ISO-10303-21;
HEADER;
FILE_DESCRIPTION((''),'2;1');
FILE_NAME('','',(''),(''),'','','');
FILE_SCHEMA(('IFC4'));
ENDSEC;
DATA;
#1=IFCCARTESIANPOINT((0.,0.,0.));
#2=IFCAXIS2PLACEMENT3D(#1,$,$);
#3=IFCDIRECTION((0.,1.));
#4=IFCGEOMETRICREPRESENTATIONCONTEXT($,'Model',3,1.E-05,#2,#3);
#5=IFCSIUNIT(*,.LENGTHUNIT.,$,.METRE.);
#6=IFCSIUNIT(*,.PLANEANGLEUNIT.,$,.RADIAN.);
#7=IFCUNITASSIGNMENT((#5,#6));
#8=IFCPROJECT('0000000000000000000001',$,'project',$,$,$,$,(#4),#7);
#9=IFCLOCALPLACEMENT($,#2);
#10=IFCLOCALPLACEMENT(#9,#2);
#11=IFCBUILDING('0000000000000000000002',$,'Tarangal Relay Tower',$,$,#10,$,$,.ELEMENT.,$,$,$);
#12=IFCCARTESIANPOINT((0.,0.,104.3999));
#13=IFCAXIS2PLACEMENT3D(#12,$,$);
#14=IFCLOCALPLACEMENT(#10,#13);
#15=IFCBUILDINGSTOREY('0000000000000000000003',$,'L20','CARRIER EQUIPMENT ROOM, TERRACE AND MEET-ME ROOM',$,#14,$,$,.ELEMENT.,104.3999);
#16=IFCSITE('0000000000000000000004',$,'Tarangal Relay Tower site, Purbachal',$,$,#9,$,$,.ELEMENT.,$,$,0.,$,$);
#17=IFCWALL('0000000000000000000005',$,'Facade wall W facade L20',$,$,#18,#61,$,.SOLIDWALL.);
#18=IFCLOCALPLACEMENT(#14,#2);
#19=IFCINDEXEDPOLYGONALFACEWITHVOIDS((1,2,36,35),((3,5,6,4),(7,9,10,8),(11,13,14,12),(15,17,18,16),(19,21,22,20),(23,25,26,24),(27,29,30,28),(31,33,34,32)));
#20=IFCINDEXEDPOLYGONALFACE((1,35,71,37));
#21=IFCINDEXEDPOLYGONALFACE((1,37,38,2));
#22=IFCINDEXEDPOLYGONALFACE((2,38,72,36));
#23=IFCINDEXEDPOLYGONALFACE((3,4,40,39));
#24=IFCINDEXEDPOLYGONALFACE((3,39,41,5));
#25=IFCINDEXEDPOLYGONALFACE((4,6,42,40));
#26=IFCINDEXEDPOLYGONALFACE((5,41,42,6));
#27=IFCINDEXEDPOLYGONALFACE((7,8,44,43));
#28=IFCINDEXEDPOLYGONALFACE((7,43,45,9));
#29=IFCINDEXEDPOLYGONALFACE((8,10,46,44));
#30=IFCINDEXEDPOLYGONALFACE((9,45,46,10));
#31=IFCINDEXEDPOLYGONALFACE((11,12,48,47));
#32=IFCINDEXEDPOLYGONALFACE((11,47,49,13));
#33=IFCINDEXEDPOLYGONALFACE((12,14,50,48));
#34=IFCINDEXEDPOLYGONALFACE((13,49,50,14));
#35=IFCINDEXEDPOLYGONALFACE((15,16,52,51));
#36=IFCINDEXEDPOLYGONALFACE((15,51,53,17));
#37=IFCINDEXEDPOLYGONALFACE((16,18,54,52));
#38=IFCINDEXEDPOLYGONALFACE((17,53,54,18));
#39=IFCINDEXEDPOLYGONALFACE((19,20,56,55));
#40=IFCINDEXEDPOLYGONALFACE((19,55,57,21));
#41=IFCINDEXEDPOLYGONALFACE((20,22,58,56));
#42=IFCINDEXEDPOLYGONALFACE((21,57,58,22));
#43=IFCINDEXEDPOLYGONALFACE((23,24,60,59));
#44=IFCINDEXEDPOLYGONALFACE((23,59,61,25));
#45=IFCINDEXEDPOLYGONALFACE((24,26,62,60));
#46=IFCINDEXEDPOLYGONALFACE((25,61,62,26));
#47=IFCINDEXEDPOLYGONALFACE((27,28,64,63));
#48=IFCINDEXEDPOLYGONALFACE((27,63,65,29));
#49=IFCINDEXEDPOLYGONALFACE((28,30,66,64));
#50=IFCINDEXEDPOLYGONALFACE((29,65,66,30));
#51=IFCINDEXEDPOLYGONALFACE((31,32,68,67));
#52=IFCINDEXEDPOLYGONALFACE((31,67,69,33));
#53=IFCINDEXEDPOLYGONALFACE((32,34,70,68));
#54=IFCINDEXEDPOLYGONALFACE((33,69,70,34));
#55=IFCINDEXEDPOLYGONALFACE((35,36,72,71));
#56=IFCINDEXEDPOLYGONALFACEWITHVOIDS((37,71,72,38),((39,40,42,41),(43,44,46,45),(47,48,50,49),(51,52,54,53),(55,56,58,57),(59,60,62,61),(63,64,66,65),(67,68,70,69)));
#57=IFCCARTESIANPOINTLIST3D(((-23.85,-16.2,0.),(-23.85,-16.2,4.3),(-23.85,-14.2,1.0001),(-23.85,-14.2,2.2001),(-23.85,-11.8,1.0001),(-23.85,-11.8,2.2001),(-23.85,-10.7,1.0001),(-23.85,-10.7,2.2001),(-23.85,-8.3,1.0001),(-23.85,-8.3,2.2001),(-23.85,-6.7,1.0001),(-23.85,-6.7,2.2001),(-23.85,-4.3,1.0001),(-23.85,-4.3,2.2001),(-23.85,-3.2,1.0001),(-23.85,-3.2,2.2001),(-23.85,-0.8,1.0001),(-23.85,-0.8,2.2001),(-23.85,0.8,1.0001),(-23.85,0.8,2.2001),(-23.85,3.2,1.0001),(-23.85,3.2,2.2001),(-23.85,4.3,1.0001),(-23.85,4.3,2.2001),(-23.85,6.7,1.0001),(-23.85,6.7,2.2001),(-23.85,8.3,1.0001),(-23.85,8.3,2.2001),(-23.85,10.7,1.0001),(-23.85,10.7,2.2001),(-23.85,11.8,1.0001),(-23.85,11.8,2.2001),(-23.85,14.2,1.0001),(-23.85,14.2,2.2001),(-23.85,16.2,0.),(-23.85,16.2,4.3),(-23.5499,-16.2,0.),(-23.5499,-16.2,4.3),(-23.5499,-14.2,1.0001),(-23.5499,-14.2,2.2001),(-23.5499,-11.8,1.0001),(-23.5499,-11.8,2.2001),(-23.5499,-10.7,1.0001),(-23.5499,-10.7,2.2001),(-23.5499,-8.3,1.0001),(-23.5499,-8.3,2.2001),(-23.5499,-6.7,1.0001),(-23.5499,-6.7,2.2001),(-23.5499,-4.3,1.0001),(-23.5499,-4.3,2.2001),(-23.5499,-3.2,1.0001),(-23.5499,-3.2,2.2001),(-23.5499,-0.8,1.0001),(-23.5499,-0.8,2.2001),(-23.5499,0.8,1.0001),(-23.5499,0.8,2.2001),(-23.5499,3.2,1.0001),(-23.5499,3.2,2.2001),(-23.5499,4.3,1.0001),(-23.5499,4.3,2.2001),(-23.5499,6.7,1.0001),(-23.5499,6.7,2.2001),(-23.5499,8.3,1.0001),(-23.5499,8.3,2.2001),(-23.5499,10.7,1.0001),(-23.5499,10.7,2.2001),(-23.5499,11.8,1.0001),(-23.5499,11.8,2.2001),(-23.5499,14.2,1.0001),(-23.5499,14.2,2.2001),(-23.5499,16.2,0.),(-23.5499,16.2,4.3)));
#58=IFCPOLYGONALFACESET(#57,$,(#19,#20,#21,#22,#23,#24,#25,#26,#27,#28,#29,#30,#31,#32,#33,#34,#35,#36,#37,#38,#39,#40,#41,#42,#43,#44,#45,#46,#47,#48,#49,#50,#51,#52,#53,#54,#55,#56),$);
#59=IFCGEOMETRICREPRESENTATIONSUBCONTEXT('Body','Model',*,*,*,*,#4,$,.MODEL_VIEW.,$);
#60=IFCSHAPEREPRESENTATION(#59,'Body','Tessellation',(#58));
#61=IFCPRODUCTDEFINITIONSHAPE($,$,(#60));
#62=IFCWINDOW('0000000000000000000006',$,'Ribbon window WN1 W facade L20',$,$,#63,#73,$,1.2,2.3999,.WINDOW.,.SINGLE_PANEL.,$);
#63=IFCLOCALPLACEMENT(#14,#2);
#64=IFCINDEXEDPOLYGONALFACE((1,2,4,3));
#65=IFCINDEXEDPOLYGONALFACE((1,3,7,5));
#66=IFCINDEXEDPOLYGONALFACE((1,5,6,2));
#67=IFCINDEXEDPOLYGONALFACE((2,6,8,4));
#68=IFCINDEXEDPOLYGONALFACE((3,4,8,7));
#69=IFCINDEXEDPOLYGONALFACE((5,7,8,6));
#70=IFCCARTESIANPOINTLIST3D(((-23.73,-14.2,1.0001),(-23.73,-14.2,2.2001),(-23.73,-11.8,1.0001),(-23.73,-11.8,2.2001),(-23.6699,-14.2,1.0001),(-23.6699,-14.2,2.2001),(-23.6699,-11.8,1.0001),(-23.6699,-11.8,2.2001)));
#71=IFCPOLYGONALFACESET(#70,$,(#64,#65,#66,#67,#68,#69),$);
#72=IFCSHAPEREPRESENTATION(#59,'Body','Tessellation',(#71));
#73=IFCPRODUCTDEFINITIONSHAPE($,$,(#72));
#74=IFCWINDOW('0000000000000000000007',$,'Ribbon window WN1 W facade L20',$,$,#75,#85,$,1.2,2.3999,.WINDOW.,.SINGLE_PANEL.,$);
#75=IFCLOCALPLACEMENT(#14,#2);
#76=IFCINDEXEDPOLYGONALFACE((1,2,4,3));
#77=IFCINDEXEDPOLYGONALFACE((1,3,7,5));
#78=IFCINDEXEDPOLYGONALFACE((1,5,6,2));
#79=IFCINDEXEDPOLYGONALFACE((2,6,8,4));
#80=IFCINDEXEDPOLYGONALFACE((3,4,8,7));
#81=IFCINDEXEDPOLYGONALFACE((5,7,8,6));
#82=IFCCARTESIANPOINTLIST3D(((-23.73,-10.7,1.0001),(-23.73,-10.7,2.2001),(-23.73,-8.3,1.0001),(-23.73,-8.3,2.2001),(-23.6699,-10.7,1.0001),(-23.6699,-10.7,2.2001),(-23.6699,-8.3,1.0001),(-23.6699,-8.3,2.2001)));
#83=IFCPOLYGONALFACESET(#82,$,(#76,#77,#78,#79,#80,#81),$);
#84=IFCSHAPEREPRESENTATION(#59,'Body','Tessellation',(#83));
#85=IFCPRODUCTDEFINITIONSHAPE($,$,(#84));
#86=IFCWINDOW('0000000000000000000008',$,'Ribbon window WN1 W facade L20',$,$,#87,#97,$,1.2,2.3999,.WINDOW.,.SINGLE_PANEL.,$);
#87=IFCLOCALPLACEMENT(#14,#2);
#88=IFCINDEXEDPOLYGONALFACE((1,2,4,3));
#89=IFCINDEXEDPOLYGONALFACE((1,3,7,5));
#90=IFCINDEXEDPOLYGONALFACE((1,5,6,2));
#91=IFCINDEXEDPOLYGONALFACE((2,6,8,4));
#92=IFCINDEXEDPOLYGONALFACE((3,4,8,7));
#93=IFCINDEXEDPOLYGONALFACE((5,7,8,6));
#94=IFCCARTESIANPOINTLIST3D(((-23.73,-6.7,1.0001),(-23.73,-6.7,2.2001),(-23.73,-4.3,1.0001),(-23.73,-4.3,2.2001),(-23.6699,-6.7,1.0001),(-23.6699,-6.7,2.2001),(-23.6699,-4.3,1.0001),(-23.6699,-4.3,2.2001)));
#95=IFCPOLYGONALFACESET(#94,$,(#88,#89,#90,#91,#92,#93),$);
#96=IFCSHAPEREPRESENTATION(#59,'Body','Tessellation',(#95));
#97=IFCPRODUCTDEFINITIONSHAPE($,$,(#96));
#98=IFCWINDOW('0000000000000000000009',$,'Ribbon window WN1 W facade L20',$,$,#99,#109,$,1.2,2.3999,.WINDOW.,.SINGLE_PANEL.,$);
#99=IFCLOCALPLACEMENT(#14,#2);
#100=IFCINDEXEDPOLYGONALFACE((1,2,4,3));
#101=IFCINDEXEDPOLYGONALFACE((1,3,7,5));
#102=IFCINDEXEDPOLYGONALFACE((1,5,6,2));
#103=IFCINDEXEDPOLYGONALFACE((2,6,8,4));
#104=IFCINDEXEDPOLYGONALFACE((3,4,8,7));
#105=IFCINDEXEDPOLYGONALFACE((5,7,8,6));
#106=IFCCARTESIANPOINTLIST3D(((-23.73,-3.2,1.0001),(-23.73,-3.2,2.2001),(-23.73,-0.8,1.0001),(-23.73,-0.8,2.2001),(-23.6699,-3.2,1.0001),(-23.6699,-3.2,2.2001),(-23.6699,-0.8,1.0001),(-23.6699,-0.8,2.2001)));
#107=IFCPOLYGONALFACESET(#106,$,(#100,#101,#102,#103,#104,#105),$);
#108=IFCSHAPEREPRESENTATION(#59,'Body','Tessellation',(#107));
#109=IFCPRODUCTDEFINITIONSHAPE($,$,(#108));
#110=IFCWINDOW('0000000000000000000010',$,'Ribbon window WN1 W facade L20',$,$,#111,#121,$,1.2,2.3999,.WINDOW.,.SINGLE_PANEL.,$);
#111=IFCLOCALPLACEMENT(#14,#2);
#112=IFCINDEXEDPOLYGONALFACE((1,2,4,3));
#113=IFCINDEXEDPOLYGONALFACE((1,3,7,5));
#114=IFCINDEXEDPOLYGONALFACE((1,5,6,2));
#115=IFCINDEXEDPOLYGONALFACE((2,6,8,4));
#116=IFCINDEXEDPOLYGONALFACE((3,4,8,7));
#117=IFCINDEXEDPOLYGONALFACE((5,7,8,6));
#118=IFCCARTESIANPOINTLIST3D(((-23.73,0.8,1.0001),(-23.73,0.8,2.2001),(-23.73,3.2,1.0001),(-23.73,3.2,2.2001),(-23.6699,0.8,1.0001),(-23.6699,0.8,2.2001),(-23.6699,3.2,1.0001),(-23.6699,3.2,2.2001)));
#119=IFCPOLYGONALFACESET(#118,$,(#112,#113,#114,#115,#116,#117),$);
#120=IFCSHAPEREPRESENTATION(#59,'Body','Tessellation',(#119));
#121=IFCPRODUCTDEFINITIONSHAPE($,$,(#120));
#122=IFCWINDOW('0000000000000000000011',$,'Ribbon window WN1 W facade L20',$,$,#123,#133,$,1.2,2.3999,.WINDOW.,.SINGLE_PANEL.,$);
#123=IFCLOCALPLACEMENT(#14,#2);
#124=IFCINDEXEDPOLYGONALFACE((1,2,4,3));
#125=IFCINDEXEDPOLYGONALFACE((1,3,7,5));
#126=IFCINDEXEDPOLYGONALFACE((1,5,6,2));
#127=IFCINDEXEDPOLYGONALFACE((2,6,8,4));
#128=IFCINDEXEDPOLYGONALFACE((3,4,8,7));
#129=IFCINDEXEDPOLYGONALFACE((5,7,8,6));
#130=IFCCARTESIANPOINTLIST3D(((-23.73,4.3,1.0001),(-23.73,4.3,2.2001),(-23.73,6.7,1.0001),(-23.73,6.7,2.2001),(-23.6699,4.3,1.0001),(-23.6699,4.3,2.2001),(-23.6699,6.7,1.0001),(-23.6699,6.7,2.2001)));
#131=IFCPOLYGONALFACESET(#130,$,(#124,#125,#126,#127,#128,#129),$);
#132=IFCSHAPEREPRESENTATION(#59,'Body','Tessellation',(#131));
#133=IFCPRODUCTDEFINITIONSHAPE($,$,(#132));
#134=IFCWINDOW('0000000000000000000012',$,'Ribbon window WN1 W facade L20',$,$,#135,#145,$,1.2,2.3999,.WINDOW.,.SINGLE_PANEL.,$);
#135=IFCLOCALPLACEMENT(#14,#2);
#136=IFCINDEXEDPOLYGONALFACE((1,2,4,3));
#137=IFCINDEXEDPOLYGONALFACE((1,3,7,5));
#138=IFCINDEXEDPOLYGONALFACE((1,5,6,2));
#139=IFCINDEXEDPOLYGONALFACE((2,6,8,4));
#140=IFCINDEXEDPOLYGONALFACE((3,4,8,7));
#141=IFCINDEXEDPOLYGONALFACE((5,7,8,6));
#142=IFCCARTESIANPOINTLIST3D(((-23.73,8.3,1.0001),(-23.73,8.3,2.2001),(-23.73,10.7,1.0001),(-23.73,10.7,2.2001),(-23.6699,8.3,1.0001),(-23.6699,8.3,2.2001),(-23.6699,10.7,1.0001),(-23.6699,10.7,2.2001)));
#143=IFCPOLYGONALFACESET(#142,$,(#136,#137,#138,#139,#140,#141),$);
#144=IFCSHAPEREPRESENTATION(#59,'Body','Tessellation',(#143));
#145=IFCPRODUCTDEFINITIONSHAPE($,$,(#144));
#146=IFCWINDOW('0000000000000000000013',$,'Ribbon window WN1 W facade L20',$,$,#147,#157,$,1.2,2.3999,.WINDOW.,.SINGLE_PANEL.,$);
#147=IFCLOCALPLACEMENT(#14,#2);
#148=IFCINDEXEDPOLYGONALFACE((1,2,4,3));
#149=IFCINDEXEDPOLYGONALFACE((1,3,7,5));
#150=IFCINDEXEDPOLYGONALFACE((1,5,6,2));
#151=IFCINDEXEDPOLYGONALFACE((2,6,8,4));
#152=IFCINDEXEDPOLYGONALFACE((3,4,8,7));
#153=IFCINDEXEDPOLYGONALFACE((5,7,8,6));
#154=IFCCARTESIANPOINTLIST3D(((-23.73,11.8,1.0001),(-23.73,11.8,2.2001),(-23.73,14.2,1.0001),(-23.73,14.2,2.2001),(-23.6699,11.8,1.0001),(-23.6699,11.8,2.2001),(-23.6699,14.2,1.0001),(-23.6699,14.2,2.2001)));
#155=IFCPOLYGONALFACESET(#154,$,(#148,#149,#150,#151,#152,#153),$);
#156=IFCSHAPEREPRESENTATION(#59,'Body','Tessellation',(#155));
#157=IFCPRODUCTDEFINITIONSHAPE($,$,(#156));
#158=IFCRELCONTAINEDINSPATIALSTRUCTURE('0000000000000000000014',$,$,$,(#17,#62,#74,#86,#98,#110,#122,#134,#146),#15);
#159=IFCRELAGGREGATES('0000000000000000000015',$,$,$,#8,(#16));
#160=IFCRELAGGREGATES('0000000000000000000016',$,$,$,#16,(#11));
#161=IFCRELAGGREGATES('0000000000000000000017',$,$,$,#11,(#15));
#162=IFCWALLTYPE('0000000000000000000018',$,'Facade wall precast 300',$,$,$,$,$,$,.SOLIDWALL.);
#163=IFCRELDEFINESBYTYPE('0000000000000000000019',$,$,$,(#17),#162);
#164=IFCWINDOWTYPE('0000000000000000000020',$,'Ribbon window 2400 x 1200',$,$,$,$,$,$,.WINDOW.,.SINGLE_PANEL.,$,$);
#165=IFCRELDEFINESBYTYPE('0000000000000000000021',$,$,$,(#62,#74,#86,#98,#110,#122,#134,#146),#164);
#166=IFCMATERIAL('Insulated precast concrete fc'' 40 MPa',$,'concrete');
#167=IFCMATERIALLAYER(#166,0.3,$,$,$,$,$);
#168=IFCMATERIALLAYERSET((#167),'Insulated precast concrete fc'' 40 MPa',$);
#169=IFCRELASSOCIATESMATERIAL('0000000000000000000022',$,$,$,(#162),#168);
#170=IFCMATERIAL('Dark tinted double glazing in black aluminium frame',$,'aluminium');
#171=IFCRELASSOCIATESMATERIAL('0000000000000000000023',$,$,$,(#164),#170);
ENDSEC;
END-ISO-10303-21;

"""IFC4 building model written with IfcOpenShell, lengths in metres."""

from ifc_helpers import new_model, si_unit, direction, frame, frame_2d, origin, place, context, subcontext, project, spatial, rectangle, extrude, material, layer, layer_set, type_object, element, fill, save


model = new_model("IFC4")

# Units and contexts
model_context = context("Model", 3, precision=1e-05, world=origin(), true_north=direction((0.0, 1.0)))
body_context = subcontext(model_context, "Body", "Model", "MODEL_VIEW")
ifc_project = project(units=[si_unit("LENGTHUNIT", "METRE"), si_unit("PLANEANGLEUNIT", "RADIAN")], contexts=[model_context])

# Site, building, storey
site_placement = place(None, origin())
site = spatial("IfcSite", under=ifc_project, at=site_placement, Name="Tarangal Relay Tower site, Purbachal", CompositionType="ELEMENT", RefElevation=0.0)
building_placement = place(site_placement, origin())
building = spatial("IfcBuilding", under=site, at=building_placement, Name="Tarangal Relay Tower", CompositionType="ELEMENT")
storey_placement = place(building_placement, frame((0.0, 0.0, 104.3999)))
storey = spatial("IfcBuildingStorey", under=building, at=storey_placement, Name="L20", Description="CARRIER EQUIPMENT ROOM, TERRACE AND MEET-ME ROOM", CompositionType="ELEMENT", Elevation=104.3999)

# Shared definitions
ifc_material_1 = material(Name="Insulated precast concrete fc' 40 MPa", Category="concrete")
ifc_layer = layer(ifc_material_1, 0.3)
ifc_layer_set = layer_set([ifc_layer], Name="Insulated precast concrete fc' 40 MPa")
wall_type = type_object("IfcWallType", Name="Facade wall precast 300", PredefinedType="SOLIDWALL", material=ifc_layer_set)

# Wall, openings, windows
wall_1_placement = place(storey_placement, frame((-23.7, -16.2, 0.0), z_axis=(0.0, 0.0, 1.0), x_axis=(0.0, 1.0, 0.0)))
wall_1 = element("IfcWall", 1, at=wall_1_placement, inside=storey, type_object=wall_type, Name="Facade wall W facade L20", PredefinedType="SOLIDWALL", context=body_context, shape_type="SweptSolid", body=[
    extrude(rectangle(XDim=32.3999, YDim=0.3, at=frame_2d((16.2, 0.0))), origin(), (0.0, 0.0, 1.0), 4.3),
])
opening_1_placement = place(wall_1_placement, frame((2.0, 0.0, 1.0)))
opening_1 = element("IfcOpeningElement", 2, at=opening_1_placement, cuts=wall_1, PredefinedType="OPENING", context=body_context, shape_type="SweptSolid", body=[
    extrude(rectangle(XDim=2.3999, YDim=1.2, at=frame_2d((1.2, 0.6001))), frame((0.0, 0.1599, 0.0), z_axis=(0.0, -1.0, 0.0), x_axis=(1.0, 0.0, 0.0)), (0.0, 0.0, 1.0), 0.3201),
])
opening_2_placement = place(wall_1_placement, frame((5.5, 0.0, 1.0)))
opening_2 = element("IfcOpeningElement", 3, at=opening_2_placement, cuts=wall_1, PredefinedType="OPENING", context=body_context, shape_type="SweptSolid", body=[
    extrude(rectangle(XDim=2.3999, YDim=1.2, at=frame_2d((1.2, 0.6001))), frame((0.0, 0.1599, 0.0), z_axis=(0.0, -1.0, 0.0), x_axis=(1.0, 0.0, 0.0)), (0.0, 0.0, 1.0), 0.3201),
])
opening_3_placement = place(wall_1_placement, frame((9.5, 0.0, 1.0)))
opening_3 = element("IfcOpeningElement", 4, at=opening_3_placement, cuts=wall_1, PredefinedType="OPENING", context=body_context, shape_type="SweptSolid", body=[
    extrude(rectangle(XDim=2.3999, YDim=1.2, at=frame_2d((1.2, 0.6001))), frame((0.0, 0.1599, 0.0), z_axis=(0.0, -1.0, 0.0), x_axis=(1.0, 0.0, 0.0)), (0.0, 0.0, 1.0), 0.3201),
])
opening_4_placement = place(wall_1_placement, frame((13.0, 0.0, 1.0)))
opening_4 = element("IfcOpeningElement", 5, at=opening_4_placement, cuts=wall_1, PredefinedType="OPENING", context=body_context, shape_type="SweptSolid", body=[
    extrude(rectangle(XDim=2.3999, YDim=1.2, at=frame_2d((1.2, 0.6001))), frame((0.0, 0.1599, 0.0), z_axis=(0.0, -1.0, 0.0), x_axis=(1.0, 0.0, 0.0)), (0.0, 0.0, 1.0), 0.3201),
])
opening_5_placement = place(wall_1_placement, frame((17.0, 0.0, 1.0)))
opening_5 = element("IfcOpeningElement", 6, at=opening_5_placement, cuts=wall_1, PredefinedType="OPENING", context=body_context, shape_type="SweptSolid", body=[
    extrude(rectangle(XDim=2.3999, YDim=1.2, at=frame_2d((1.2, 0.6001))), frame((0.0, 0.1599, 0.0), z_axis=(0.0, -1.0, 0.0), x_axis=(1.0, 0.0, 0.0)), (0.0, 0.0, 1.0), 0.3201),
])
opening_6_placement = place(wall_1_placement, frame((20.5, 0.0, 1.0)))
opening_6 = element("IfcOpeningElement", 7, at=opening_6_placement, cuts=wall_1, PredefinedType="OPENING", context=body_context, shape_type="SweptSolid", body=[
    extrude(rectangle(XDim=2.3999, YDim=1.2, at=frame_2d((1.2, 0.6001))), frame((0.0, 0.1599, 0.0), z_axis=(0.0, -1.0, 0.0), x_axis=(1.0, 0.0, 0.0)), (0.0, 0.0, 1.0), 0.3201),
])
opening_7_placement = place(wall_1_placement, frame((24.5, 0.0, 1.0)))
opening_7 = element("IfcOpeningElement", 8, at=opening_7_placement, cuts=wall_1, PredefinedType="OPENING", context=body_context, shape_type="SweptSolid", body=[
    extrude(rectangle(XDim=2.3999, YDim=1.2, at=frame_2d((1.2, 0.6001))), frame((0.0, 0.1599, 0.0), z_axis=(0.0, -1.0, 0.0), x_axis=(1.0, 0.0, 0.0)), (0.0, 0.0, 1.0), 0.3201),
])
opening_8_placement = place(wall_1_placement, frame((28.0, 0.0, 1.0)))
opening_8 = element("IfcOpeningElement", 9, at=opening_8_placement, cuts=wall_1, PredefinedType="OPENING", context=body_context, shape_type="SweptSolid", body=[
    extrude(rectangle(XDim=2.3999, YDim=1.2, at=frame_2d((1.2, 0.6001))), frame((0.0, 0.1599, 0.0), z_axis=(0.0, -1.0, 0.0), x_axis=(1.0, 0.0, 0.0)), (0.0, 0.0, 1.0), 0.3201),
])
ifc_material_2 = material(Name="Dark tinted double glazing in black aluminium frame", Category="aluminium")
window_type = type_object("IfcWindowType", Name="Ribbon window 2400 x 1200", PartitioningType="SINGLE_PANEL", PredefinedType="WINDOW", material=ifc_material_2)
window_1_placement = place(opening_1_placement, origin())
window_1 = element("IfcWindow", 10, at=window_1_placement, inside=storey, type_object=window_type, Name="Ribbon window WN1 W facade L20", OverallHeight=1.2, OverallWidth=2.3999, PartitioningType="SINGLE_PANEL", PredefinedType="WINDOW", context=body_context, shape_type="SweptSolid", body=[
    extrude(rectangle(XDim=2.3999, YDim=1.2, at=frame_2d((1.2, 0.6001))), frame((0.0, 0.03, 0.0), z_axis=(0.0, -1.0, 0.0), x_axis=(1.0, 0.0, 0.0)), (0.0, 0.0, 1.0), 0.0601),
])
fill(opening_1, window_1)
window_2_placement = place(opening_2_placement, origin())
window_2 = element("IfcWindow", 11, at=window_2_placement, inside=storey, type_object=window_type, Name="Ribbon window WN1 W facade L20", OverallHeight=1.2, OverallWidth=2.3999, PartitioningType="SINGLE_PANEL", PredefinedType="WINDOW", context=body_context, shape_type="SweptSolid", body=[
    extrude(rectangle(XDim=2.3999, YDim=1.2, at=frame_2d((1.2, 0.6001))), frame((0.0, 0.03, 0.0), z_axis=(0.0, -1.0, 0.0), x_axis=(1.0, 0.0, 0.0)), (0.0, 0.0, 1.0), 0.0601),
])
fill(opening_2, window_2)
window_3_placement = place(opening_3_placement, origin())
window_3 = element("IfcWindow", 12, at=window_3_placement, inside=storey, type_object=window_type, Name="Ribbon window WN1 W facade L20", OverallHeight=1.2, OverallWidth=2.3999, PartitioningType="SINGLE_PANEL", PredefinedType="WINDOW", context=body_context, shape_type="SweptSolid", body=[
    extrude(rectangle(XDim=2.3999, YDim=1.2, at=frame_2d((1.2, 0.6001))), frame((0.0, 0.03, 0.0), z_axis=(0.0, -1.0, 0.0), x_axis=(1.0, 0.0, 0.0)), (0.0, 0.0, 1.0), 0.0601),
])
fill(opening_3, window_3)
window_4_placement = place(opening_4_placement, origin())
window_4 = element("IfcWindow", 13, at=window_4_placement, inside=storey, type_object=window_type, Name="Ribbon window WN1 W facade L20", OverallHeight=1.2, OverallWidth=2.3999, PartitioningType="SINGLE_PANEL", PredefinedType="WINDOW", context=body_context, shape_type="SweptSolid", body=[
    extrude(rectangle(XDim=2.3999, YDim=1.2, at=frame_2d((1.2, 0.6001))), frame((0.0, 0.03, 0.0), z_axis=(0.0, -1.0, 0.0), x_axis=(1.0, 0.0, 0.0)), (0.0, 0.0, 1.0), 0.0601),
])
fill(opening_4, window_4)
window_5_placement = place(opening_5_placement, origin())
window_5 = element("IfcWindow", 14, at=window_5_placement, inside=storey, type_object=window_type, Name="Ribbon window WN1 W facade L20", OverallHeight=1.2, OverallWidth=2.3999, PartitioningType="SINGLE_PANEL", PredefinedType="WINDOW", context=body_context, shape_type="SweptSolid", body=[
    extrude(rectangle(XDim=2.3999, YDim=1.2, at=frame_2d((1.2, 0.6001))), frame((0.0, 0.03, 0.0), z_axis=(0.0, -1.0, 0.0), x_axis=(1.0, 0.0, 0.0)), (0.0, 0.0, 1.0), 0.0601),
])
fill(opening_5, window_5)
window_6_placement = place(opening_6_placement, origin())
window_6 = element("IfcWindow", 15, at=window_6_placement, inside=storey, type_object=window_type, Name="Ribbon window WN1 W facade L20", OverallHeight=1.2, OverallWidth=2.3999, PartitioningType="SINGLE_PANEL", PredefinedType="WINDOW", context=body_context, shape_type="SweptSolid", body=[
    extrude(rectangle(XDim=2.3999, YDim=1.2, at=frame_2d((1.2, 0.6001))), frame((0.0, 0.03, 0.0), z_axis=(0.0, -1.0, 0.0), x_axis=(1.0, 0.0, 0.0)), (0.0, 0.0, 1.0), 0.0601),
])
fill(opening_6, window_6)
window_7_placement = place(opening_7_placement, origin())
window_7 = element("IfcWindow", 16, at=window_7_placement, inside=storey, type_object=window_type, Name="Ribbon window WN1 W facade L20", OverallHeight=1.2, OverallWidth=2.3999, PartitioningType="SINGLE_PANEL", PredefinedType="WINDOW", context=body_context, shape_type="SweptSolid", body=[
    extrude(rectangle(XDim=2.3999, YDim=1.2, at=frame_2d((1.2, 0.6001))), frame((0.0, 0.03, 0.0), z_axis=(0.0, -1.0, 0.0), x_axis=(1.0, 0.0, 0.0)), (0.0, 0.0, 1.0), 0.0601),
])
fill(opening_7, window_7)
window_8_placement = place(opening_8_placement, origin())
window_8 = element("IfcWindow", 17, at=window_8_placement, inside=storey, type_object=window_type, Name="Ribbon window WN1 W facade L20", OverallHeight=1.2, OverallWidth=2.3999, PartitioningType="SINGLE_PANEL", PredefinedType="WINDOW", context=body_context, shape_type="SweptSolid", body=[
    extrude(rectangle(XDim=2.3999, YDim=1.2, at=frame_2d((1.2, 0.6001))), frame((0.0, 0.03, 0.0), z_axis=(0.0, -1.0, 0.0), x_axis=(1.0, 0.0, 0.0)), (0.0, 0.0, 1.0), 0.0601),
])
fill(opening_8, window_8)

save(model, "model.ifc")
